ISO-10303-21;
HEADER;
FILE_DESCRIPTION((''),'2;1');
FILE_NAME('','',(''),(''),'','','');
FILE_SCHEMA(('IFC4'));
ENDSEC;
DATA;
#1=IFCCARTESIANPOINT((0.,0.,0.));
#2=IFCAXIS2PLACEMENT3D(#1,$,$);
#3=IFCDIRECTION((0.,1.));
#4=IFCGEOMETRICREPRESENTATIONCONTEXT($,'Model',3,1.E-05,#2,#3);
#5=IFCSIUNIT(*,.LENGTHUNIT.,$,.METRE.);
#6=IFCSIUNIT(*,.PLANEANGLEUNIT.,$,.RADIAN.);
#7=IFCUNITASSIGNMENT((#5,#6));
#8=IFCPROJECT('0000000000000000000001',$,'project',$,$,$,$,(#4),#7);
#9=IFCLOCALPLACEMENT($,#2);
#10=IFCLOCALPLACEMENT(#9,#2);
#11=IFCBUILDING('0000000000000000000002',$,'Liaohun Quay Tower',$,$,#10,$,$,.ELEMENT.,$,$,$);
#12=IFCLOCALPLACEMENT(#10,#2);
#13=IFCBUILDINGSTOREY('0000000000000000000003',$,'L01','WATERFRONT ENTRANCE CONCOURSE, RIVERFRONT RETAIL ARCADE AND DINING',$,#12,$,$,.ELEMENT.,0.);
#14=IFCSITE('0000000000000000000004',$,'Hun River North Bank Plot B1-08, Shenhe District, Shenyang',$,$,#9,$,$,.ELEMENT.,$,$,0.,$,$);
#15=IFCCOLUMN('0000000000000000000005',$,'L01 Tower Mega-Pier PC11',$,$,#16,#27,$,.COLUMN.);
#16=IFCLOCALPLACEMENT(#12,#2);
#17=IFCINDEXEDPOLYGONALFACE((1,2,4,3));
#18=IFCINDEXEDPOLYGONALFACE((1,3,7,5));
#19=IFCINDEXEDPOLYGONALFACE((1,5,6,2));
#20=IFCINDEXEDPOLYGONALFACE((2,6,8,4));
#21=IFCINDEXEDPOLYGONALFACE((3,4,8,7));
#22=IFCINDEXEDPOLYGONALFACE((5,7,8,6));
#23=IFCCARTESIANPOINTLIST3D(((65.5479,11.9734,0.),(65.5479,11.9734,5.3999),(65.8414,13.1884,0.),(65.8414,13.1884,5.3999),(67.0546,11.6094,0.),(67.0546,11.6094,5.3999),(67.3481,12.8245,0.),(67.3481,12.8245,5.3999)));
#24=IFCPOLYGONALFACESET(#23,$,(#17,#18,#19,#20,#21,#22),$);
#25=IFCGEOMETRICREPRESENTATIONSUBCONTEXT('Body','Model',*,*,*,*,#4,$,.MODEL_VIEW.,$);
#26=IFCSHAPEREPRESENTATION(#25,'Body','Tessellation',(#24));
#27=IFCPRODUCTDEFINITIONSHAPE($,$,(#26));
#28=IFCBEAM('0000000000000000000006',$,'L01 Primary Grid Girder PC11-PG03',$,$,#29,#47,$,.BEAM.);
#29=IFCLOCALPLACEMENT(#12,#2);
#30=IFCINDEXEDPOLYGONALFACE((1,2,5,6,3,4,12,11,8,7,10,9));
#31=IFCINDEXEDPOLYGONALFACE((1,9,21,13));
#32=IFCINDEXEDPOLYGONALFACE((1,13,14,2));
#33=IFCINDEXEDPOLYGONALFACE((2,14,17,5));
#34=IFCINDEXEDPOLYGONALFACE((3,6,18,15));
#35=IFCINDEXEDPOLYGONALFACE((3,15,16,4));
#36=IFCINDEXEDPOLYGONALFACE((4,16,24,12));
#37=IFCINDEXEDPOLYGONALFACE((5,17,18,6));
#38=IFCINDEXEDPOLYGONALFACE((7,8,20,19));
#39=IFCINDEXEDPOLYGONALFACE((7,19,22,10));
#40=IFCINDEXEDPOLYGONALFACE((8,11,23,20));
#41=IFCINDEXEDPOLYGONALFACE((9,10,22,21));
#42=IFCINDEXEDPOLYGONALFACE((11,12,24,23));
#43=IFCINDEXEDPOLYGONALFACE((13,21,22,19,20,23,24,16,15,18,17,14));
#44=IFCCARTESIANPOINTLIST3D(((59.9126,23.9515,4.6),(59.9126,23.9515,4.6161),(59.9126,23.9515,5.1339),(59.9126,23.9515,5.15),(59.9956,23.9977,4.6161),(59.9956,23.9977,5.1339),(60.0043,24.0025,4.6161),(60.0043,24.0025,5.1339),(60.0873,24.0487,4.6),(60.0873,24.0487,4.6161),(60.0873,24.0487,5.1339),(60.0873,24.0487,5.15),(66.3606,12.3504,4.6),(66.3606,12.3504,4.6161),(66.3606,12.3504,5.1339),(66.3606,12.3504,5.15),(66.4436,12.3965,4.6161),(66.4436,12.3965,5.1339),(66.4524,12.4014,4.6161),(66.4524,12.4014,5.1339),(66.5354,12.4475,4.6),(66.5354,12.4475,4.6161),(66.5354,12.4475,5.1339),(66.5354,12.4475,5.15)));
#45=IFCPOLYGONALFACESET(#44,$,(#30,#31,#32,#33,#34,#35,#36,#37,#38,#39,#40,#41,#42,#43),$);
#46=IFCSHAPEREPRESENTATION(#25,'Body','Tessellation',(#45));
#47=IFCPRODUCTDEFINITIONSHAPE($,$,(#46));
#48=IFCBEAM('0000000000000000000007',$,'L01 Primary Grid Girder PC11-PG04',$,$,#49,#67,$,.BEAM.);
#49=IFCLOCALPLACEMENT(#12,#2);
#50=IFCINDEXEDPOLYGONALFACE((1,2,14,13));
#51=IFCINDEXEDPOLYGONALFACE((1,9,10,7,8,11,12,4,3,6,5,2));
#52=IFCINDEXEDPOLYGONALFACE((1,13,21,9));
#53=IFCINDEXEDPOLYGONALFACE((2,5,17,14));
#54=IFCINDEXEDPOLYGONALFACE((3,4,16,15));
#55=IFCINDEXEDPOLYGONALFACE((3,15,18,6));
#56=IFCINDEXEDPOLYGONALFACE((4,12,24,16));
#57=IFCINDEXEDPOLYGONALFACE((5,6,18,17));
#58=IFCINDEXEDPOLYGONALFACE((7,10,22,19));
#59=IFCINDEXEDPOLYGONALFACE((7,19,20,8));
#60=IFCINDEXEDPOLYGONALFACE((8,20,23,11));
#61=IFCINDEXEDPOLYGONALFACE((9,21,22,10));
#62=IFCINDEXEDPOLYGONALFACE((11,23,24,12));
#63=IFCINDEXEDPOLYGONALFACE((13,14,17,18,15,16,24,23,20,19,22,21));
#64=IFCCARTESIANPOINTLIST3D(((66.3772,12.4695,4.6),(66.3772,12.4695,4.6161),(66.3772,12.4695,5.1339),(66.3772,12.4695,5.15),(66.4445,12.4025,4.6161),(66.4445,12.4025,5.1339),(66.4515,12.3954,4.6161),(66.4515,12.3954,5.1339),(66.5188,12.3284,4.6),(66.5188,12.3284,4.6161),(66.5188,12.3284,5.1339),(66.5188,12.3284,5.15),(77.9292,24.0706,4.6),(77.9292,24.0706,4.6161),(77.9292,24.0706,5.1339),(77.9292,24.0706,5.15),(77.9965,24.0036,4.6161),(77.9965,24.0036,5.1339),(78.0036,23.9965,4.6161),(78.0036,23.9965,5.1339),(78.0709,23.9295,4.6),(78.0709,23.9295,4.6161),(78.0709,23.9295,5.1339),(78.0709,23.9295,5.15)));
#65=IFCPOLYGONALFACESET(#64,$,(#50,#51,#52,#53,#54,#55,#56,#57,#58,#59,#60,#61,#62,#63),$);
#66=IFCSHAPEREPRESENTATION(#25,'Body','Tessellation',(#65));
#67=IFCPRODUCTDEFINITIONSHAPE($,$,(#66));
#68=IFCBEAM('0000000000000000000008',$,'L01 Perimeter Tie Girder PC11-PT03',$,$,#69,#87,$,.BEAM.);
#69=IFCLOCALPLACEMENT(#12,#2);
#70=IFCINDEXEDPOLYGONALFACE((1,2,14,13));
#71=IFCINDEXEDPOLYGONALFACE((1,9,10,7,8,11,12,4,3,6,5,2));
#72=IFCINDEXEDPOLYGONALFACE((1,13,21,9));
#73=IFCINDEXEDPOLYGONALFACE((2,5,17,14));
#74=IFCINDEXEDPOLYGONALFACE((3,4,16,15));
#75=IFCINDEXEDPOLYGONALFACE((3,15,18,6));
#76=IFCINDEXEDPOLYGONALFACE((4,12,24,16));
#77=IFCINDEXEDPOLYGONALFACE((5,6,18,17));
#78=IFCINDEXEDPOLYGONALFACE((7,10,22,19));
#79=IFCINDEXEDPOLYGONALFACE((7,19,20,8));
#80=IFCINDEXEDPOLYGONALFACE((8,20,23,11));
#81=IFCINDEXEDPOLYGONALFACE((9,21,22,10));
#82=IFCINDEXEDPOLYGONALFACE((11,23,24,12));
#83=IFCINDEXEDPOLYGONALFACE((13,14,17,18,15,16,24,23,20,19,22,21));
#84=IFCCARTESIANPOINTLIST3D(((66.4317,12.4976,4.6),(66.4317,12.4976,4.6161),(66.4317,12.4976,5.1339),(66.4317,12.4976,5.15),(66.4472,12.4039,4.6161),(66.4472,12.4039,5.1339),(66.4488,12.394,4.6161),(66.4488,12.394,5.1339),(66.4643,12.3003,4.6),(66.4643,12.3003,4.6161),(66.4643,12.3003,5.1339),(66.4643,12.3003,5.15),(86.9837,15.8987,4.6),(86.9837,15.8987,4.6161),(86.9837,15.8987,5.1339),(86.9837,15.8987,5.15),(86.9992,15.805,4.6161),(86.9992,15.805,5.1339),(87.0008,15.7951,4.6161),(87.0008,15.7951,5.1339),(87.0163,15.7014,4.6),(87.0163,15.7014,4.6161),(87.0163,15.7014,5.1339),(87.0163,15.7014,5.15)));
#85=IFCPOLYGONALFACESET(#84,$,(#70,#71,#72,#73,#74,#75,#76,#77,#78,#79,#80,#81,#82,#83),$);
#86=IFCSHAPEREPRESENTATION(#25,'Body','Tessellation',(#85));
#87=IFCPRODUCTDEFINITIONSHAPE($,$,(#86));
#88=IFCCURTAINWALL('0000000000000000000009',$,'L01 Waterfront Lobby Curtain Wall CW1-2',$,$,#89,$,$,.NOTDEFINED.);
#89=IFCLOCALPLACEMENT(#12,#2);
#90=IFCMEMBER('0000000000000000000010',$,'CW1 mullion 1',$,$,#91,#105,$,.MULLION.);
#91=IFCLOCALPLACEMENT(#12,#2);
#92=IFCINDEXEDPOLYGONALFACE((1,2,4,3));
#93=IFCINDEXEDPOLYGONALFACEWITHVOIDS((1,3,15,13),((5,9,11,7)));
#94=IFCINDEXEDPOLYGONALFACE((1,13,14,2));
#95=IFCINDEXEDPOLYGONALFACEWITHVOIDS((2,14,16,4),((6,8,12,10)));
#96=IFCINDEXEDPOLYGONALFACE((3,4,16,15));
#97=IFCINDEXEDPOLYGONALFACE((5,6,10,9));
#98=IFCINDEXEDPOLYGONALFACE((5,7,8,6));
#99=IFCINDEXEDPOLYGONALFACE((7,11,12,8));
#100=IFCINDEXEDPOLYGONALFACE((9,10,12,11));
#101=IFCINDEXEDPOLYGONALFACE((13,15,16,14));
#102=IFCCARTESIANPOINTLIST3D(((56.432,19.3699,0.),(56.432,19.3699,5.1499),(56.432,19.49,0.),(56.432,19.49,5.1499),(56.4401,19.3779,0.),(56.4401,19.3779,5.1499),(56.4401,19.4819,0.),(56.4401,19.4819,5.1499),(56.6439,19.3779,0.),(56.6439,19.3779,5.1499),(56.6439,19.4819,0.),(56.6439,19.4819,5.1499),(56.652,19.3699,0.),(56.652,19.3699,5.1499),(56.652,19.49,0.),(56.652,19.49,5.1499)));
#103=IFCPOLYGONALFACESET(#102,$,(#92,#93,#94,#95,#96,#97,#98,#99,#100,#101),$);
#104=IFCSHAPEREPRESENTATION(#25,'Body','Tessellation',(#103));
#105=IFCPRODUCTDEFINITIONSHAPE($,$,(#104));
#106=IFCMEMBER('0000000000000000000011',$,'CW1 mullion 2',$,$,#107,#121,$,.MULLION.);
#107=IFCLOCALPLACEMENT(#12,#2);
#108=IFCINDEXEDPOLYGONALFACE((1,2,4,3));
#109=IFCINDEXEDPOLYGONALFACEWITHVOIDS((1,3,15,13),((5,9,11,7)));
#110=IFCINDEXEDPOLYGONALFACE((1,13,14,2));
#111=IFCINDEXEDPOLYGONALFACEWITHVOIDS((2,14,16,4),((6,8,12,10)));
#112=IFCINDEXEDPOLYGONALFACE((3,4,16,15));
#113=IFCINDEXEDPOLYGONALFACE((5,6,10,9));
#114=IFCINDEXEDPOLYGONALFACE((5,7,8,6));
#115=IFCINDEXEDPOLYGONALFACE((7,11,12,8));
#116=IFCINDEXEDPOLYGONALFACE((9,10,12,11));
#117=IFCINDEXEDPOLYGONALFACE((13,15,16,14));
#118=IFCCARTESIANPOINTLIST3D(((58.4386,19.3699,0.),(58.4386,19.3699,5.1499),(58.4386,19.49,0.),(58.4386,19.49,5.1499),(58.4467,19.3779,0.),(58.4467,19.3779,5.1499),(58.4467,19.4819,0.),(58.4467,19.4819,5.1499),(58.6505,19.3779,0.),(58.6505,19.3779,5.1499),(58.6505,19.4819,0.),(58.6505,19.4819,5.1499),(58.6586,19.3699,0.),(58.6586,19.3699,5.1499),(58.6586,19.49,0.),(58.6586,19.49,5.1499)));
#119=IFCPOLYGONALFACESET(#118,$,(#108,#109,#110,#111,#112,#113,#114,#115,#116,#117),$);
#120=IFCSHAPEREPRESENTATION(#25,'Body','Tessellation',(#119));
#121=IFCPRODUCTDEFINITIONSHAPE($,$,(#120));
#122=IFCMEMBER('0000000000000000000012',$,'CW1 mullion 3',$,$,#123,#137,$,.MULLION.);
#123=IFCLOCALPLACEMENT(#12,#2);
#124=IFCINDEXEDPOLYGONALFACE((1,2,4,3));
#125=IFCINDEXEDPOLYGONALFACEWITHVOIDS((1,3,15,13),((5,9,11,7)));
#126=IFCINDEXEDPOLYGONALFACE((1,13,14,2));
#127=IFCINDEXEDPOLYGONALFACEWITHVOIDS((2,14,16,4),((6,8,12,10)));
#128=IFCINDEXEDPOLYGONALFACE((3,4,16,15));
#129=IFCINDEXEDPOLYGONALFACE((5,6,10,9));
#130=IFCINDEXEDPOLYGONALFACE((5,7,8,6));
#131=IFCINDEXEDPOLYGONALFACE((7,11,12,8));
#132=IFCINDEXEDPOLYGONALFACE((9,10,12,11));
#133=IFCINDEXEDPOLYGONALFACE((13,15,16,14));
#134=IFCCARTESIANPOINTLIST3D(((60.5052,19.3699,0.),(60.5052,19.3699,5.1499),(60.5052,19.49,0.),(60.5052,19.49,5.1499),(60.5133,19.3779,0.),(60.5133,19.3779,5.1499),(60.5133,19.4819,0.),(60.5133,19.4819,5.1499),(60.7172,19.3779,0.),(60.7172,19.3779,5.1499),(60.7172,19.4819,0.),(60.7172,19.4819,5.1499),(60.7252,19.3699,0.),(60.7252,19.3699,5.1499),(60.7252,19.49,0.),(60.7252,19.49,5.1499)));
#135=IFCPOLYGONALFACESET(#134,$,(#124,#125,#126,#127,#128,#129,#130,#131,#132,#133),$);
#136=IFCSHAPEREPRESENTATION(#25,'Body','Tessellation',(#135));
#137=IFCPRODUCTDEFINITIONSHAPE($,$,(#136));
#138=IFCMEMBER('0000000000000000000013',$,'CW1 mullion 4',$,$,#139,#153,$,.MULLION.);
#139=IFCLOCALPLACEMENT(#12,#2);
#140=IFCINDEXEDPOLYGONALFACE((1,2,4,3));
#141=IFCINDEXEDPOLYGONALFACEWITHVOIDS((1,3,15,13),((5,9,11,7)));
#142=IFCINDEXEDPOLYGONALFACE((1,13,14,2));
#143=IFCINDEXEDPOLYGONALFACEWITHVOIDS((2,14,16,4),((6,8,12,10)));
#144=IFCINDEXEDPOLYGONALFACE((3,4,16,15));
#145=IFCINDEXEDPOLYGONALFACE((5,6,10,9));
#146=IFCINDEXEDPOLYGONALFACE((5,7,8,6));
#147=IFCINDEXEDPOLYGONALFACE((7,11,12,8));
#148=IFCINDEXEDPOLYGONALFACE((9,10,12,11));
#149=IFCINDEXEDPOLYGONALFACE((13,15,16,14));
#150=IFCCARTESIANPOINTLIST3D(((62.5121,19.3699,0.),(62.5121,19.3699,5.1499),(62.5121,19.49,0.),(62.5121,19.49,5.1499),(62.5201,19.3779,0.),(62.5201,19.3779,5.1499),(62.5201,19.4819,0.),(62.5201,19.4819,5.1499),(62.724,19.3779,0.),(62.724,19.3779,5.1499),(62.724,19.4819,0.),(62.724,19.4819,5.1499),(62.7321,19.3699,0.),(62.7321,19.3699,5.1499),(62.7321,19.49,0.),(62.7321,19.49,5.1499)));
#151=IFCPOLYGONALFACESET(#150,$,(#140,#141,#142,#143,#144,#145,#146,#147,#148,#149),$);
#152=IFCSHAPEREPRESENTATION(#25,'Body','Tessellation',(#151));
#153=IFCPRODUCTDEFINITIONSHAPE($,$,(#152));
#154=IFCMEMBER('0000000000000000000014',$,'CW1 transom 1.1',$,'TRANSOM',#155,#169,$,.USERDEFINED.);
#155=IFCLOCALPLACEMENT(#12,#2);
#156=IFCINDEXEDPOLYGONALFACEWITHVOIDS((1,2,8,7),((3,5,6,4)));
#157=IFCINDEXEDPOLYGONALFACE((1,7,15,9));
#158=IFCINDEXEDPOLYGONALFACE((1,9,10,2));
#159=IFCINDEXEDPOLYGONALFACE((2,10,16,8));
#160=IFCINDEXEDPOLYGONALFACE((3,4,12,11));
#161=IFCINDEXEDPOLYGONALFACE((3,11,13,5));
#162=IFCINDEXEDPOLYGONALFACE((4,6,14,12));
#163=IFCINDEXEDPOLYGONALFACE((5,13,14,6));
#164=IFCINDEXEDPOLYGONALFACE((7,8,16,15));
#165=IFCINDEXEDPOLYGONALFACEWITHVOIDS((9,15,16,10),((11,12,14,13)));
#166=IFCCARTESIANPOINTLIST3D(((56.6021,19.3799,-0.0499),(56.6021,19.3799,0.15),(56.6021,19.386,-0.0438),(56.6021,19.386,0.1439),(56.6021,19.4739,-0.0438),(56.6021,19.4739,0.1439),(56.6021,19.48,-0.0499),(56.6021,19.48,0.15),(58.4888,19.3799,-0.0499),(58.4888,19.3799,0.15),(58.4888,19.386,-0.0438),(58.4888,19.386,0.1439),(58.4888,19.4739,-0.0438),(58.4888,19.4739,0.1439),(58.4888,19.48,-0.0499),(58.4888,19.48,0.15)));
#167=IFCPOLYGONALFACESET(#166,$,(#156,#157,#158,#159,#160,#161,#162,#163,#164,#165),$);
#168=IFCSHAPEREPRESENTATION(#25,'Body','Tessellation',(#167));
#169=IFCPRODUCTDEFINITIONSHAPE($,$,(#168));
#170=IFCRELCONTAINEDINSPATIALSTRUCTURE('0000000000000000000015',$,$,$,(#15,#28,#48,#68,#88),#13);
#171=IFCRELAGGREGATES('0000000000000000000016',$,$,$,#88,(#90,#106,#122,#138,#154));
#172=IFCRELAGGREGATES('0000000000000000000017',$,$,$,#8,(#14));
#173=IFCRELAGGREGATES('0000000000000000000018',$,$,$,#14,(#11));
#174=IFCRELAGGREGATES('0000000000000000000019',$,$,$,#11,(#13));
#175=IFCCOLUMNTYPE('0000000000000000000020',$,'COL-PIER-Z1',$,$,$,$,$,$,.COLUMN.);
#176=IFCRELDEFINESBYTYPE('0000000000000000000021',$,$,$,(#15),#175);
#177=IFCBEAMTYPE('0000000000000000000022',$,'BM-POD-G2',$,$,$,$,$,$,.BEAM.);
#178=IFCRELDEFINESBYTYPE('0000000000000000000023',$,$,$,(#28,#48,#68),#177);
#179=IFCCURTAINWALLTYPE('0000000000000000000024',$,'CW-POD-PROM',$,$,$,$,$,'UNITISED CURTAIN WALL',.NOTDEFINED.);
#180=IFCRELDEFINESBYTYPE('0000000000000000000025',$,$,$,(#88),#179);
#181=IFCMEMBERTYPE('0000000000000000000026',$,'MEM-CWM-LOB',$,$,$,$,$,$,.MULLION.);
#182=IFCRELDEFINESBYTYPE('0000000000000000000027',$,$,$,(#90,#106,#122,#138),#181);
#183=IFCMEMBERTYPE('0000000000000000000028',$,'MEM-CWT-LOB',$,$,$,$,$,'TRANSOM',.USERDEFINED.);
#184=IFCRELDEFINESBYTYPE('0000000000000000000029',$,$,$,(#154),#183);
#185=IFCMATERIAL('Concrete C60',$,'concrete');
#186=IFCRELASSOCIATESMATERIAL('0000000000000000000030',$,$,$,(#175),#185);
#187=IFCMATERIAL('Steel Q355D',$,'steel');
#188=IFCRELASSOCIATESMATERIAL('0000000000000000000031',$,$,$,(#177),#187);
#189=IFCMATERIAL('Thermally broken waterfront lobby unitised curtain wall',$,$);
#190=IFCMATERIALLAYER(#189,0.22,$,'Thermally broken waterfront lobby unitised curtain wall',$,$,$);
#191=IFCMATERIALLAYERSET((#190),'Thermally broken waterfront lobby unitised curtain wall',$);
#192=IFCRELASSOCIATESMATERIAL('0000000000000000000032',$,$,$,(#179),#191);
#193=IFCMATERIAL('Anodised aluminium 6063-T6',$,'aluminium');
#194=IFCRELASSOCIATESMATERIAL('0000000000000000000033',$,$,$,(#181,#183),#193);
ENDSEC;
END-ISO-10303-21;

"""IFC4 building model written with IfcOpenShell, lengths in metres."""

from ifc_helpers import new_model, si_unit, direction, frame, origin, origin_2d, place, context, subcontext, project, spatial, rectangle, hollow_rectangle, i_section, extrude, source, transform, mapped, material, layer, layer_set, material_profile, profile_set, type_object, element, aggregate, save


model = new_model("IFC4")

# Units and contexts
model_context = context("Model", 3, precision=1e-05, world=origin(), true_north=direction((0.0, 1.0)))
body_context = subcontext(model_context, "Body", "Model", "MODEL_VIEW")
ifc_project = project(units=[si_unit("LENGTHUNIT", "METRE"), si_unit("PLANEANGLEUNIT", "RADIAN")], contexts=[model_context])

# Site, building, storey
site_placement = place(None, origin())
site = spatial("IfcSite", under=ifc_project, at=site_placement, Name="Hun River North Bank Plot B1-08, Shenhe District, Shenyang", CompositionType="ELEMENT", RefElevation=0.0)
building_placement = place(site_placement, origin())
building = spatial("IfcBuilding", under=site, at=building_placement, Name="Liaohun Quay Tower", CompositionType="ELEMENT")
storey_placement = place(building_placement, origin())
storey = spatial("IfcBuildingStorey", under=building, at=storey_placement, Name="L01", Description="WATERFRONT ENTRANCE CONCOURSE, RIVERFRONT RETAIL ARCADE AND DINING", CompositionType="ELEMENT", Elevation=0.0)

# Column
ifc_material_1 = material(Name="Concrete C60", Category="concrete")
ifc_material_profile_1 = material_profile(ifc_material_1, rectangle(XDim=1.55, YDim=1.25, at=origin_2d()), Name="RC1550x1250")
ifc_profile_set_1 = profile_set([ifc_material_profile_1], Name="Concrete C60")
column_type = type_object("IfcColumnType", Name="COL-PIER-Z1", PredefinedType="COLUMN", material=ifc_profile_set_1)
shared_shape_1 = source(origin(), body_context, "Body", "SweptSolid", [
    extrude(rectangle(XDim=1.55, YDim=1.25, at=origin_2d()), origin(), (0.0, 0.0, 1.0), 5.3999),
])
column_placement = place(storey_placement, frame((66.448, 12.3989, 0.0), z_axis=(0.0, 0.0, 1.0), x_axis=(-0.972043, 0.234803, 0.0)))
element("IfcColumn", 1, at=column_placement, inside=storey, type_object=column_type, Name="L01 Tower Mega-Pier PC11", PredefinedType="COLUMN", context=body_context, shape_type="MappedRepresentation", body=[
    mapped(shared_shape_1, transform((0.0, 0.0, 0.0), x_axis=(1.0, 0.0, 0.0), y_axis=(0.0, 1.0, 0.0), z_axis=(0.0, 0.0, 1.0), scale=1.0)),
])

# Beams
ifc_material_2 = material(Name="Steel Q355D", Category="steel")
ifc_material_profile_2 = material_profile(ifc_material_2, i_section(OverallWidth=0.2, OverallDepth=0.55, WebThickness=0.01, FlangeThickness=0.0161, at=origin_2d()), Name="HN550x200x10x16")
ifc_profile_set_2 = profile_set([ifc_material_profile_2], Name="Steel Q355D")
beam_type_1 = type_object("IfcBeamType", Name="BM-POD-G2", PredefinedType="BEAM", material=ifc_profile_set_2)
shared_shape_2 = source(origin(), body_context, "Body", "SweptSolid", [
    extrude(i_section(OverallWidth=0.2, OverallDepth=0.55, WebThickness=0.01, FlangeThickness=0.0161, at=origin_2d()), origin(), (0.0, 0.0, 1.0), 13.2727),
])
beam_1_placement = place(storey_placement, frame((66.448, 12.3989, 4.875), z_axis=(-0.485813, 0.874063, 0.0), x_axis=(-0.874063, -0.485813, 0.0)))
element("IfcBeam", 2, at=beam_1_placement, inside=storey, type_object=beam_type_1, Name="L01 Primary Grid Girder PC11-PG03", PredefinedType="BEAM", context=body_context, shape_type="MappedRepresentation", body=[
    mapped(shared_shape_2, transform((0.0, 0.0, 0.0), x_axis=(1.0, 0.0, 0.0), y_axis=(0.0, 1.0, 0.0), z_axis=(0.0, 0.0, 1.0), scale=1.0)),
])
shared_shape_3 = source(origin(), body_context, "Body", "SweptSolid", [
    extrude(i_section(OverallWidth=0.2, OverallDepth=0.55, WebThickness=0.01, FlangeThickness=0.0161, at=origin_2d()), origin(), (0.0, 0.0, 1.0), 16.3718),
])
beam_2_placement = place(storey_placement, frame((66.448, 12.3989, 4.875), z_axis=(0.705607, 0.708604, 0.0), x_axis=(-0.708604, 0.705607, 0.0)))
element("IfcBeam", 3, at=beam_2_placement, inside=storey, type_object=beam_type_1, Name="L01 Primary Grid Girder PC11-PG04", PredefinedType="BEAM", context=body_context, shape_type="MappedRepresentation", body=[
    mapped(shared_shape_3, transform((0.0, 0.0, 0.0), x_axis=(1.0, 0.0, 0.0), y_axis=(0.0, 1.0, 0.0), z_axis=(0.0, 0.0, 1.0), scale=1.0)),
])
shared_shape_4 = source(origin(), body_context, "Body", "SweptSolid", [
    extrude(i_section(OverallWidth=0.2, OverallDepth=0.55, WebThickness=0.01, FlangeThickness=0.0161, at=origin_2d()), origin(), (0.0, 0.0, 1.0), 20.8315),
])
beam_3_placement = place(storey_placement, frame((66.448, 12.3989, 4.875), z_axis=(0.986582, 0.163268, 0.0), x_axis=(-0.163268, 0.986582, 0.0)))
element("IfcBeam", 4, at=beam_3_placement, inside=storey, type_object=beam_type_1, Name="L01 Perimeter Tie Girder PC11-PT03", PredefinedType="BEAM", context=body_context, shape_type="MappedRepresentation", body=[
    mapped(shared_shape_4, transform((0.0, 0.0, 0.0), x_axis=(1.0, 0.0, 0.0), y_axis=(0.0, 1.0, 0.0), z_axis=(0.0, 0.0, 1.0), scale=1.0)),
])

# Curtain wall, members
ifc_material_3 = material(Name="Thermally broken waterfront lobby unitised curtain wall")
ifc_layer_1 = layer(ifc_material_3, 0.22, Name="Thermally broken waterfront lobby unitised curtain wall")
ifc_layer_set_1 = layer_set([ifc_layer_1], Name="Thermally broken waterfront lobby unitised curtain wall")
curtain_wall_type = type_object("IfcCurtainWallType", Name="CW-POD-PROM", ElementType="UNITISED CURTAIN WALL", PredefinedType="NOTDEFINED", material=ifc_layer_set_1)
curtain_wall_placement = place(storey_placement, origin())
curtain_wall = element("IfcCurtainWall", 5, at=curtain_wall_placement, inside=storey, type_object=curtain_wall_type, Name="L01 Waterfront Lobby Curtain Wall CW1-2", PredefinedType="NOTDEFINED")
ifc_material_4 = material(Name="Anodised aluminium 6063-T6", Category="aluminium")
ifc_material_profile_3 = material_profile(ifc_material_4, hollow_rectangle(XDim=0.1201, YDim=0.22, WallThickness=0.0081, at=origin_2d()), Name="RHS220x120x8")
ifc_profile_set_3 = profile_set([ifc_material_profile_3], Name="Anodised aluminium 6063-T6")
member_type_1 = type_object("IfcMemberType", Name="MEM-CWM-LOB", PredefinedType="MULLION", material=ifc_profile_set_3)
shared_shape_5 = source(origin(), body_context, "Body", "SweptSolid", [
    extrude(hollow_rectangle(XDim=0.1201, YDim=0.22, WallThickness=0.0081, at=origin_2d()), origin(), (0.0, 0.0, 1.0), 5.1499),
])
member_1_placement = place(storey_placement, frame((56.542, 19.4299, 0.0), z_axis=(0.0, 0.0, 1.0), x_axis=(0.0, 1.0, 0.0)))
member_1 = element("IfcMember", 6, at=member_1_placement, type_object=member_type_1, Name="CW1 mullion 1", PredefinedType="MULLION", context=body_context, shape_type="MappedRepresentation", body=[
    mapped(shared_shape_5, transform((0.0, 0.0, 0.0), x_axis=(1.0, 0.0, 0.0), y_axis=(0.0, 1.0, 0.0), z_axis=(0.0, 0.0, 1.0), scale=1.0)),
])
member_2_placement = place(storey_placement, frame((58.5486, 19.4299, 0.0), z_axis=(0.0, 0.0, 1.0), x_axis=(0.0, 1.0, 0.0)))
member_2 = element("IfcMember", 7, at=member_2_placement, type_object=member_type_1, Name="CW1 mullion 2", PredefinedType="MULLION", context=body_context, shape_type="MappedRepresentation", body=[
    mapped(shared_shape_5, transform((0.0, 0.0, 0.0), x_axis=(1.0, 0.0, 0.0), y_axis=(0.0, 1.0, 0.0), z_axis=(0.0, 0.0, 1.0), scale=1.0)),
])
member_3_placement = place(storey_placement, frame((60.6152, 19.4299, 0.0), z_axis=(0.0, 0.0, 1.0), x_axis=(0.0, 1.0, 0.0)))
member_3 = element("IfcMember", 8, at=member_3_placement, type_object=member_type_1, Name="CW1 mullion 3", PredefinedType="MULLION", context=body_context, shape_type="MappedRepresentation", body=[
    mapped(shared_shape_5, transform((0.0, 0.0, 0.0), x_axis=(1.0, 0.0, 0.0), y_axis=(0.0, 1.0, 0.0), z_axis=(0.0, 0.0, 1.0), scale=1.0)),
])
member_4_placement = place(storey_placement, frame((62.6221, 19.4299, 0.0), z_axis=(0.0, 0.0, 1.0), x_axis=(0.0, 1.0, 0.0)))
member_4 = element("IfcMember", 9, at=member_4_placement, type_object=member_type_1, Name="CW1 mullion 4", PredefinedType="MULLION", context=body_context, shape_type="MappedRepresentation", body=[
    mapped(shared_shape_5, transform((0.0, 0.0, 0.0), x_axis=(1.0, 0.0, 0.0), y_axis=(0.0, 1.0, 0.0), z_axis=(0.0, 0.0, 1.0), scale=1.0)),
])
ifc_material_profile_4 = material_profile(ifc_material_4, hollow_rectangle(XDim=0.1001, YDim=0.2, WallThickness=0.0061, at=origin_2d()), Name="RHS200x100x6")
ifc_profile_set_4 = profile_set([ifc_material_profile_4], Name="Anodised aluminium 6063-T6")
member_type_2 = type_object("IfcMemberType", Name="MEM-CWT-LOB", ElementType="TRANSOM", PredefinedType="USERDEFINED", material=ifc_profile_set_4)
shared_shape_6 = source(origin(), body_context, "Body", "SweptSolid", [
    extrude(hollow_rectangle(XDim=0.1001, YDim=0.2, WallThickness=0.0061, at=origin_2d()), origin(), (0.0, 0.0, 1.0), 1.8867),
])
member_5_placement = place(storey_placement, frame((56.6021, 19.4299, 0.05), z_axis=(1.0, 0.0, 0.0), x_axis=(0.0, 1.0, 0.0)))
member_5 = element("IfcMember", 10, at=member_5_placement, type_object=member_type_2, Name="CW1 transom 1.1", ObjectType="TRANSOM", PredefinedType="USERDEFINED", context=body_context, shape_type="MappedRepresentation", body=[
    mapped(shared_shape_6, transform((0.0, 0.0, 0.0), x_axis=(1.0, 0.0, 0.0), y_axis=(0.0, 1.0, 0.0), z_axis=(0.0, 0.0, 1.0), scale=1.0)),
])

aggregate(curtain_wall, [member_1, member_2, member_3, member_4, member_5])

save(model, "model.ifc")
